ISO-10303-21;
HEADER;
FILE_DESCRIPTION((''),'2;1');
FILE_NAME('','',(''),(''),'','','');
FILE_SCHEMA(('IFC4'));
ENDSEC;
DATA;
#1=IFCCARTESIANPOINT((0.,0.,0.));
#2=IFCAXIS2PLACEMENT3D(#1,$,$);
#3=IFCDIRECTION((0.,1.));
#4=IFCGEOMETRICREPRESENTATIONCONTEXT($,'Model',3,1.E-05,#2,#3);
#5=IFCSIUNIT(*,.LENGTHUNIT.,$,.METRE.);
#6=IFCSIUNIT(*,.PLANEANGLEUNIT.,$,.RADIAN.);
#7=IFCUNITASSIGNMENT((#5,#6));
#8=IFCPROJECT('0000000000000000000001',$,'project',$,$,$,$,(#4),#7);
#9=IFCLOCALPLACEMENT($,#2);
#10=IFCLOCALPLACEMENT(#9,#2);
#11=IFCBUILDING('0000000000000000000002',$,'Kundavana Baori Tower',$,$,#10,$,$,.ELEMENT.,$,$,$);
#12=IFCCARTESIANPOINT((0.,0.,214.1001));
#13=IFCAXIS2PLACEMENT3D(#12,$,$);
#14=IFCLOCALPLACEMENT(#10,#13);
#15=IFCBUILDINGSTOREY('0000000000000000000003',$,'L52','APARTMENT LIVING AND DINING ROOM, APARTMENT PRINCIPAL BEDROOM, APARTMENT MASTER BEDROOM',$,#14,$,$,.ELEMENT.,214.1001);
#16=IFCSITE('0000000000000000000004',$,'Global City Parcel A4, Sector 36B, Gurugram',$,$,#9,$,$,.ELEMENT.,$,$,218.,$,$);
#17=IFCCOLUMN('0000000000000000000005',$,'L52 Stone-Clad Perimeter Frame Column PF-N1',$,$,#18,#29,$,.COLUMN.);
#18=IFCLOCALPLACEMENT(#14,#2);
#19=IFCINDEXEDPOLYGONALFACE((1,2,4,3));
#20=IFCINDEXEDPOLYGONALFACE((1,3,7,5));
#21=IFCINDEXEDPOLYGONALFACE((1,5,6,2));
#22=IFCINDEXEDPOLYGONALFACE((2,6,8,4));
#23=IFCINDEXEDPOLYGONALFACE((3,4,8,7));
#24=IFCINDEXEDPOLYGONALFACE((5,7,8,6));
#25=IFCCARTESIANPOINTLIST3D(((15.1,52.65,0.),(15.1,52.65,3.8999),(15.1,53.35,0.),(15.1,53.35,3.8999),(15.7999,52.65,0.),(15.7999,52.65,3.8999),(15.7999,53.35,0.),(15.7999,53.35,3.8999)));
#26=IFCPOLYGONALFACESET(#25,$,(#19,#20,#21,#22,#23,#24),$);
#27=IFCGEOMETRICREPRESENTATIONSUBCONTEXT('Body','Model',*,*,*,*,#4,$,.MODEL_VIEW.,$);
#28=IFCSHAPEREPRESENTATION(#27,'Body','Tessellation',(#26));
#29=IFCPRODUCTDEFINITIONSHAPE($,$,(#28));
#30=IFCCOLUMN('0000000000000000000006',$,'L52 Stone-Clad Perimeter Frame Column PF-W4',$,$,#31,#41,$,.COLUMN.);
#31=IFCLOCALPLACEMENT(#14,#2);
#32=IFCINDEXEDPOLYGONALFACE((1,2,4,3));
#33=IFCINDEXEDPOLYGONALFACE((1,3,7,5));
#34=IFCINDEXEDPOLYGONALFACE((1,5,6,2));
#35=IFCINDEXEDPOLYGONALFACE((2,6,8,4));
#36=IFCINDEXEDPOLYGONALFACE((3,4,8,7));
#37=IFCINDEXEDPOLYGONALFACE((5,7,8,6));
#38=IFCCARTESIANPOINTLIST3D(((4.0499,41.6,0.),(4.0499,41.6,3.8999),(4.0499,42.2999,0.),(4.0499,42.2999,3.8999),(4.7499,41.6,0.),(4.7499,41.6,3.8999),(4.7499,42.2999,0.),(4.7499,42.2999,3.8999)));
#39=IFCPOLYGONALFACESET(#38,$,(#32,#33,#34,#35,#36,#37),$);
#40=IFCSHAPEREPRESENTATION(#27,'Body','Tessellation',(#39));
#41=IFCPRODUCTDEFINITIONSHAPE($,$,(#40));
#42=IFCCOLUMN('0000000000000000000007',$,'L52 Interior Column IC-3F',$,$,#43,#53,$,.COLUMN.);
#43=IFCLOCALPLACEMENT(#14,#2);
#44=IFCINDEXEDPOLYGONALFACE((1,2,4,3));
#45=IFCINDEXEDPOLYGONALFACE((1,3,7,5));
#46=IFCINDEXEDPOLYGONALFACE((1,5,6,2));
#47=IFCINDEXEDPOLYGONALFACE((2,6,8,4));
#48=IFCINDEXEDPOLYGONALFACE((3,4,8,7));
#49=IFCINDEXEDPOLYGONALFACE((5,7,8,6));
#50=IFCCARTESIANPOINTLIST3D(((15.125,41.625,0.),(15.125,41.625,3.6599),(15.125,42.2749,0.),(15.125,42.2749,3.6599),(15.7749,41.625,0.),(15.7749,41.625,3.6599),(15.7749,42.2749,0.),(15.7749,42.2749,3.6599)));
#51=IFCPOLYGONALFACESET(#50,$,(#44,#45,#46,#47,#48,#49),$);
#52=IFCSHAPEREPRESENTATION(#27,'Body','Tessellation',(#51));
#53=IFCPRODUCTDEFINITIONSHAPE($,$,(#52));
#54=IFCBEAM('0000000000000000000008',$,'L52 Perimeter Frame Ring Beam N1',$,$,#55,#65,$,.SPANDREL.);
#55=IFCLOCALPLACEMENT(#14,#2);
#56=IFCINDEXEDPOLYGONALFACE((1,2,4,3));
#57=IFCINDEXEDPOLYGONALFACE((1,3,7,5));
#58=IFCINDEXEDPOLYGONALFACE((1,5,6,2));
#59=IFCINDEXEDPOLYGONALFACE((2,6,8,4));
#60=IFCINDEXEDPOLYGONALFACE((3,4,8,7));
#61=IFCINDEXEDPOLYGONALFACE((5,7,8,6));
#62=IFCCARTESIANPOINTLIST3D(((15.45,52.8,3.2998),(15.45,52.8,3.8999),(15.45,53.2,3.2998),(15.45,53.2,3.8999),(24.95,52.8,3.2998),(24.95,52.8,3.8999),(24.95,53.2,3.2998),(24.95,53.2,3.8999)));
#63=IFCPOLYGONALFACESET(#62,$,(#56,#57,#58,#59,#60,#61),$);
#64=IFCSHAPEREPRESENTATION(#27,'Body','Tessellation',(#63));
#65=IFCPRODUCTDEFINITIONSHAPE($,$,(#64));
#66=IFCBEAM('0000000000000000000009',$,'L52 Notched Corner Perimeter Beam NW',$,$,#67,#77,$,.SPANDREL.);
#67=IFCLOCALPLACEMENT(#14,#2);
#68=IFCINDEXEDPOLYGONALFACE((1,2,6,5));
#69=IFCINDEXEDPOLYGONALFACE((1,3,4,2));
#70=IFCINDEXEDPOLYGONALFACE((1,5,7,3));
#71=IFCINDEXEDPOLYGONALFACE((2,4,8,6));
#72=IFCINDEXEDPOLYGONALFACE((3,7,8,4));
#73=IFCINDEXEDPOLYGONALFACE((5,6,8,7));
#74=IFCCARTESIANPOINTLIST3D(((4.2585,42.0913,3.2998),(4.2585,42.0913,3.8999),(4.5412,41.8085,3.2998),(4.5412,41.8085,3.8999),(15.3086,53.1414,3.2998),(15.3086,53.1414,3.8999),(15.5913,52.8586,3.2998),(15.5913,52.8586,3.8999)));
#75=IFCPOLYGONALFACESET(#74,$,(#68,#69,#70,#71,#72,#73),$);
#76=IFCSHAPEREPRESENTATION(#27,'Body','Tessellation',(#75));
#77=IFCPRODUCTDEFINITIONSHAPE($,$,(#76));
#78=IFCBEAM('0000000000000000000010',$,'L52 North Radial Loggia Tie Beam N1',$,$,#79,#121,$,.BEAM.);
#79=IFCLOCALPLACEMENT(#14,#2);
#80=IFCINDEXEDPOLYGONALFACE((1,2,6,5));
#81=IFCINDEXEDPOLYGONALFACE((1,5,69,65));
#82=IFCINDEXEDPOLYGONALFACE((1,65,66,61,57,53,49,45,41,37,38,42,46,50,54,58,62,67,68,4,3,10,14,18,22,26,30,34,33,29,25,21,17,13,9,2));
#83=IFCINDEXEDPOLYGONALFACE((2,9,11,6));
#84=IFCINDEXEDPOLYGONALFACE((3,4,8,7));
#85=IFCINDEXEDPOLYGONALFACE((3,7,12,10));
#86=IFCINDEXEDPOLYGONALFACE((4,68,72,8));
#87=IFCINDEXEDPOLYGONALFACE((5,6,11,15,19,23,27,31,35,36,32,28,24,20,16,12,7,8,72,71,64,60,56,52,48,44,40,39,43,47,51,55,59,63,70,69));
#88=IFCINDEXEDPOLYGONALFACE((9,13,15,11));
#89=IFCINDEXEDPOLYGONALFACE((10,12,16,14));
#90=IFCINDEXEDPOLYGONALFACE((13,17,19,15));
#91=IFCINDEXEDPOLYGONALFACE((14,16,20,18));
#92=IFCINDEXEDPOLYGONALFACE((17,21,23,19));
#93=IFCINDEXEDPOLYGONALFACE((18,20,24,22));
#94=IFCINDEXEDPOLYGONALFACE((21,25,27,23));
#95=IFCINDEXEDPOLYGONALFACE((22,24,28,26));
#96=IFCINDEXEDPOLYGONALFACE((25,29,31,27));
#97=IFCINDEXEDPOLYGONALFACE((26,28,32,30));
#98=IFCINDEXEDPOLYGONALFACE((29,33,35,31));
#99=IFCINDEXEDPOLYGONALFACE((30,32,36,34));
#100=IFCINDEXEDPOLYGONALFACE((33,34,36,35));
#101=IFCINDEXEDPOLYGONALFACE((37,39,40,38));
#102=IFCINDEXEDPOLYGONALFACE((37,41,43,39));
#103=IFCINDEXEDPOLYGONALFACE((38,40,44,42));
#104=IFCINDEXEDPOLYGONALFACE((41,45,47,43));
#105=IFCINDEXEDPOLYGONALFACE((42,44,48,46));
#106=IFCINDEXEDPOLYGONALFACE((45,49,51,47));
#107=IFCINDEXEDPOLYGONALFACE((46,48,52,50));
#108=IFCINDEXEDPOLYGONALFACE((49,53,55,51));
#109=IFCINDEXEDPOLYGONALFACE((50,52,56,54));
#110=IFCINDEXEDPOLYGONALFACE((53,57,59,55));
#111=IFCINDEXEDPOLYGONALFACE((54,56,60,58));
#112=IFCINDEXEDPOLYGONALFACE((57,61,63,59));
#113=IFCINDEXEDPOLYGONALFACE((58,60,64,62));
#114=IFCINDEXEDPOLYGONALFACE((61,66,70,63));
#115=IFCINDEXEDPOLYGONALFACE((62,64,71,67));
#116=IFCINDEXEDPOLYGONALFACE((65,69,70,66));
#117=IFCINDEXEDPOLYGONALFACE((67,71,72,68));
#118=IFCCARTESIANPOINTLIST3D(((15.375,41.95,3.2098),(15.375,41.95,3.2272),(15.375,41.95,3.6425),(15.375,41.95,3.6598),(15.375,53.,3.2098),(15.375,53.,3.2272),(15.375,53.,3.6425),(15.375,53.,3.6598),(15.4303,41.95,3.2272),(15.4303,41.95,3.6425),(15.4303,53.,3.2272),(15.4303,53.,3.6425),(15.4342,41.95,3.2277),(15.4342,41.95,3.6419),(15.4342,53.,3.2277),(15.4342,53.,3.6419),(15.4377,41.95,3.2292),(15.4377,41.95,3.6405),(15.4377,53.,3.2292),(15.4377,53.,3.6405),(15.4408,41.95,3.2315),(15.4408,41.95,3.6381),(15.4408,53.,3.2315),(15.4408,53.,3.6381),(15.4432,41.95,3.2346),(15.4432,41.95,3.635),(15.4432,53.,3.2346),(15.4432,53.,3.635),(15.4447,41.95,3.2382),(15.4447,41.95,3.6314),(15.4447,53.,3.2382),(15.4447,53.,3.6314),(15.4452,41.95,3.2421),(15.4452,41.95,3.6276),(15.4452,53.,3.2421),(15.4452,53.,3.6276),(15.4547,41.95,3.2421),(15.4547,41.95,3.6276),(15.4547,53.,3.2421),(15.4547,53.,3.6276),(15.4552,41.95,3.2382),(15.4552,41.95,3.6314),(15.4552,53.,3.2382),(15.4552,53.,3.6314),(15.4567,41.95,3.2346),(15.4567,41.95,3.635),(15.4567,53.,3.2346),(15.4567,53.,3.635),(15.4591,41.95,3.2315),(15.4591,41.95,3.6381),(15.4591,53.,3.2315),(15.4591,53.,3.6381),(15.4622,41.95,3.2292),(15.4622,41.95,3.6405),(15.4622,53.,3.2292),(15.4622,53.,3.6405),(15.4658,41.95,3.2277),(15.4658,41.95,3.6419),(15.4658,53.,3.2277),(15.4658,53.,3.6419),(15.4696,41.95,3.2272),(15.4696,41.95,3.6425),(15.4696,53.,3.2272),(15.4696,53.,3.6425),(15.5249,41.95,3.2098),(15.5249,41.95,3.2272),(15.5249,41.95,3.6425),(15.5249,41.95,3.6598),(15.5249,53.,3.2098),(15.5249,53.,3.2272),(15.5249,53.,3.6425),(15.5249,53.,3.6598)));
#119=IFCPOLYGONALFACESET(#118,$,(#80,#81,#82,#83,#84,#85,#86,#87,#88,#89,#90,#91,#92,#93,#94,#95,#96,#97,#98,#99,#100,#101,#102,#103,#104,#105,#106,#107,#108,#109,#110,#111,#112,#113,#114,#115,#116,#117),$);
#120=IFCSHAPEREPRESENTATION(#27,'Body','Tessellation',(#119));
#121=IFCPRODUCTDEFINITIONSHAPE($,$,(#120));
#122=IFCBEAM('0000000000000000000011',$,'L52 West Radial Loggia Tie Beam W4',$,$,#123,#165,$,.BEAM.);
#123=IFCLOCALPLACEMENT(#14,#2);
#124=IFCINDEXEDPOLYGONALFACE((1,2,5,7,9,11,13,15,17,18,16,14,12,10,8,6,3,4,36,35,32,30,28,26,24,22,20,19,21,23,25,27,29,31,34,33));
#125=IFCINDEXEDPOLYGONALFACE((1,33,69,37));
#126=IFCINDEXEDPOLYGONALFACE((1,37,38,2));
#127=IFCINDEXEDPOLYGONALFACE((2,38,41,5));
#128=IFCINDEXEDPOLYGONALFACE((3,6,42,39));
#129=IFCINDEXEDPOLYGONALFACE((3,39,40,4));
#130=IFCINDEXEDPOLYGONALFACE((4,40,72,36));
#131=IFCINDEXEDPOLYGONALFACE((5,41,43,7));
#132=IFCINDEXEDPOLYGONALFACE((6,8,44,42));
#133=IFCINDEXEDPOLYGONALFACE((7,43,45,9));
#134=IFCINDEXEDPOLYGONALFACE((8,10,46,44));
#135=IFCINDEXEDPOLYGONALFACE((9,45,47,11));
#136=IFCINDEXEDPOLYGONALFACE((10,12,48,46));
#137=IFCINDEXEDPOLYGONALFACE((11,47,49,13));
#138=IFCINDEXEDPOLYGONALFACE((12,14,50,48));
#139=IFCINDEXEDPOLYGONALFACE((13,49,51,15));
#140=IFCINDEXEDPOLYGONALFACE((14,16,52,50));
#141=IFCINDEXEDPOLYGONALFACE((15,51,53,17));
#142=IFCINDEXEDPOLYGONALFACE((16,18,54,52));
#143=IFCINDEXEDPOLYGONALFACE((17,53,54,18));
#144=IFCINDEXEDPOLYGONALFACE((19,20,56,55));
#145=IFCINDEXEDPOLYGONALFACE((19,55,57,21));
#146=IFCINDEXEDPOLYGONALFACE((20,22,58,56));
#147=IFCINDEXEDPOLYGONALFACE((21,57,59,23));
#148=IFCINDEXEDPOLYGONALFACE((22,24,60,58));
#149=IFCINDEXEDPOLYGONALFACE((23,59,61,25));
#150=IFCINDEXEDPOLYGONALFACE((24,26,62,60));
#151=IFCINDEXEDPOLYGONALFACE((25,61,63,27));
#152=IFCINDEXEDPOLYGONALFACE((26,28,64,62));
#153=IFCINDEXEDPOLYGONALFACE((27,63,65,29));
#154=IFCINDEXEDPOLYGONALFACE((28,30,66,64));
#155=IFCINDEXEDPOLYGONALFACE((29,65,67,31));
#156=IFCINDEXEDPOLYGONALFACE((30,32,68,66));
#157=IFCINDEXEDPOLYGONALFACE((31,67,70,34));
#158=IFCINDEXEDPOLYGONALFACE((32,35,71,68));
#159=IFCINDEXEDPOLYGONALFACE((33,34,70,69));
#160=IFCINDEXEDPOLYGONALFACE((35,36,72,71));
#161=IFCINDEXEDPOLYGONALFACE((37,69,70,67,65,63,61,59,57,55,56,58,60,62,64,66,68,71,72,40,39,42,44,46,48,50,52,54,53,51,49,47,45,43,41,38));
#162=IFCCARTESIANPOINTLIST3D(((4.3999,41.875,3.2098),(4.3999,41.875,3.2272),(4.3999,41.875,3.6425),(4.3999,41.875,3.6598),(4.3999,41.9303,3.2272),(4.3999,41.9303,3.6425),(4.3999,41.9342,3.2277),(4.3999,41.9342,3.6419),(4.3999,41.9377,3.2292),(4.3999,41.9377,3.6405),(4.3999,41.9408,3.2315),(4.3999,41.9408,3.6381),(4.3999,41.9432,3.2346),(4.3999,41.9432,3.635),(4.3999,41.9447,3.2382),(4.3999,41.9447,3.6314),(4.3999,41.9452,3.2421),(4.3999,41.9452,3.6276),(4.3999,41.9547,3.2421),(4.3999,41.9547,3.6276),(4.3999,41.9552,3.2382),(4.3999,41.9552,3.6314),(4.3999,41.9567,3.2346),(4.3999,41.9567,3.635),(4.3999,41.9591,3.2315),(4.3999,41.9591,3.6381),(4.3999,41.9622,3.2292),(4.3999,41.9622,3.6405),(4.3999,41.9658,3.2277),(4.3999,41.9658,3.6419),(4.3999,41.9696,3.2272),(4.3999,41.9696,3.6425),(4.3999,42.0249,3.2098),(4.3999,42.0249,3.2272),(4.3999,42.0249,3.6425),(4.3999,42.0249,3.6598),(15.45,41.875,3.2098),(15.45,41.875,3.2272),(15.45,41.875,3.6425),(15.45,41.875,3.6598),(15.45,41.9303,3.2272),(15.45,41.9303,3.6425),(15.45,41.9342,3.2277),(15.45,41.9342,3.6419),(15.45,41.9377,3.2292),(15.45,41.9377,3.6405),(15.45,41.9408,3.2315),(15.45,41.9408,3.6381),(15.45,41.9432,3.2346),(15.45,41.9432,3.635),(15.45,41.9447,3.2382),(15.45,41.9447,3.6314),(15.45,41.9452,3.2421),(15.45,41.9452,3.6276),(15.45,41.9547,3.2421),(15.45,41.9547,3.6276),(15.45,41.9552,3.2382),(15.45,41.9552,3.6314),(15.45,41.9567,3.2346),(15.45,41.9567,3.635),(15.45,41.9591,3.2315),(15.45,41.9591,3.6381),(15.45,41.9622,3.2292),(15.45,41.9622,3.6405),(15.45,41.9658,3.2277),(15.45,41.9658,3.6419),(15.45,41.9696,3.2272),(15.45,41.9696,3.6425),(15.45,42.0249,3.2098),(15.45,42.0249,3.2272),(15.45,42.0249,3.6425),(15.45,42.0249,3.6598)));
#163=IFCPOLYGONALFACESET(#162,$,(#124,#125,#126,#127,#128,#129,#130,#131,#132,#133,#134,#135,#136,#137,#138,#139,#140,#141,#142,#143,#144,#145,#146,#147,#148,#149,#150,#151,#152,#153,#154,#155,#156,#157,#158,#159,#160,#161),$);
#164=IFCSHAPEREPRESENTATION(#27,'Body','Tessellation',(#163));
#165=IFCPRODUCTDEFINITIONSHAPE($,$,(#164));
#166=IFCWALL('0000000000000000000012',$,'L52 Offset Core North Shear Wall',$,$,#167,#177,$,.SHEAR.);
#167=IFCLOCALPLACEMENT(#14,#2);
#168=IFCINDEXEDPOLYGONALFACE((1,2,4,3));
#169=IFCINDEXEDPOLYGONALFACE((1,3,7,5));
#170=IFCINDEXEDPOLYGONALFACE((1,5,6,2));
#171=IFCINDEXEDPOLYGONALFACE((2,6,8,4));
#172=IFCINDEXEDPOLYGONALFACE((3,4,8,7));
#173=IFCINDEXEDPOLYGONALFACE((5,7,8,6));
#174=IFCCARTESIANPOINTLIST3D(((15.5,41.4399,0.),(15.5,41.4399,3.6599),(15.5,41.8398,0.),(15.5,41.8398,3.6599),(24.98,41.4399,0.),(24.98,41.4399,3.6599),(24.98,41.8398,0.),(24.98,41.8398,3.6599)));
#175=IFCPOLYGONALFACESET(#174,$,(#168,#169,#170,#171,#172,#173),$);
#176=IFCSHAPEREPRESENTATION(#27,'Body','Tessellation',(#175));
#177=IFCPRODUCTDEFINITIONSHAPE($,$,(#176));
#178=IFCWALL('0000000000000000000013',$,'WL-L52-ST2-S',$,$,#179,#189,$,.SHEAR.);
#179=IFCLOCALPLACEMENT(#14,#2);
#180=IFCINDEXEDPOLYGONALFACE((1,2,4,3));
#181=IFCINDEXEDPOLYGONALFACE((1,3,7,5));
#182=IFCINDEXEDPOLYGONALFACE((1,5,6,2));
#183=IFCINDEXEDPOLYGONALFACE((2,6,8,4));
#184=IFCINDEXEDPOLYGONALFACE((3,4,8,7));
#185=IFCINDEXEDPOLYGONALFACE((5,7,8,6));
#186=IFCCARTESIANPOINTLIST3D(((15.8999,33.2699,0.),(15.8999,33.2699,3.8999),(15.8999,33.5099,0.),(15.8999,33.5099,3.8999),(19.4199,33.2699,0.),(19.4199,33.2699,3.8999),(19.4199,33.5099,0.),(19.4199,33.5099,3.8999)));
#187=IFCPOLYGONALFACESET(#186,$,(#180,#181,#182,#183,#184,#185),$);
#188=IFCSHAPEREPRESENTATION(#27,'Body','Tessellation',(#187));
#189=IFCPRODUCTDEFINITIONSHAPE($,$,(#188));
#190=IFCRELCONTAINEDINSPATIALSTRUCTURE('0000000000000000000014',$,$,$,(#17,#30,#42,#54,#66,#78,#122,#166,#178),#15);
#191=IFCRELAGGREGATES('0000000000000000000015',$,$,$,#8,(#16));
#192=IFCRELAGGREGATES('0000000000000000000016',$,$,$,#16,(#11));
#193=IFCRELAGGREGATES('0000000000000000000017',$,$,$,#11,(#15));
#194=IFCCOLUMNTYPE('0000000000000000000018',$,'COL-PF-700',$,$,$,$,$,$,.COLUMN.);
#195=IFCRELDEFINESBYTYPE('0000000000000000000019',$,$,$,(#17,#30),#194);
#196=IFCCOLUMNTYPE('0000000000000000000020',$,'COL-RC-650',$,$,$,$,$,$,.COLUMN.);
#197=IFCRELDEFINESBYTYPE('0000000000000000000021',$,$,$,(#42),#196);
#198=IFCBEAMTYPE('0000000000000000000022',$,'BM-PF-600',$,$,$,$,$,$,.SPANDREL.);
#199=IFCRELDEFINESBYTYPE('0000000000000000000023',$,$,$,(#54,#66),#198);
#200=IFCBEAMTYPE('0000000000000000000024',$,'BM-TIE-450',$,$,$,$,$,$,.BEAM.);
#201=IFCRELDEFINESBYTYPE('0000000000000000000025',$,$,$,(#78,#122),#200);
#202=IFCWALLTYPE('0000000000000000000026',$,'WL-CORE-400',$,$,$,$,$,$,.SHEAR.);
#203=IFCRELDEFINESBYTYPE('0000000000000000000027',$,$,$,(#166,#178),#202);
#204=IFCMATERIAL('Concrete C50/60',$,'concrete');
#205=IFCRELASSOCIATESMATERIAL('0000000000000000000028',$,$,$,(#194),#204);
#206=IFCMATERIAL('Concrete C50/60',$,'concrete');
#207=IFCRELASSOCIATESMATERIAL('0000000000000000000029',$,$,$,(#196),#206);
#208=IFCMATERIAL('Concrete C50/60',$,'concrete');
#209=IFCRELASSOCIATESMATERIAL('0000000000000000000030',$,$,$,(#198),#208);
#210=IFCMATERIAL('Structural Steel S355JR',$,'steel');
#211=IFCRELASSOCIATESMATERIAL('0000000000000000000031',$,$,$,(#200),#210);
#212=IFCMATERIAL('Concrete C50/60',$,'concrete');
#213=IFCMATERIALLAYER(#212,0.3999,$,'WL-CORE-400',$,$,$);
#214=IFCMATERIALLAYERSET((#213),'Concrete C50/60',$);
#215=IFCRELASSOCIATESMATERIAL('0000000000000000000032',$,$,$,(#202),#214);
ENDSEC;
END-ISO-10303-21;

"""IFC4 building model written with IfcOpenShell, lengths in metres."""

from ifc_helpers import new_model, si_unit, direction, frame, frame_2d, origin, origin_2d, place, context, subcontext, project, spatial, rectangle, i_section, extrude, material, layer, layer_set, material_profile, profile_set, type_object, element, save


model = new_model("IFC4")

# Units and contexts
model_context = context("Model", 3, precision=1e-05, world=origin(), true_north=direction((0.0, 1.0)))
body_context = subcontext(model_context, "Body", "Model", "MODEL_VIEW")
ifc_project = project(units=[si_unit("LENGTHUNIT", "METRE"), si_unit("PLANEANGLEUNIT", "RADIAN")], contexts=[model_context])

# Site, building, storey
site_placement = place(None, origin())
site = spatial("IfcSite", under=ifc_project, at=site_placement, Name="Global City Parcel A4, Sector 36B, Gurugram", CompositionType="ELEMENT", RefElevation=218.0)
building_placement = place(site_placement, origin())
building = spatial("IfcBuilding", under=site, at=building_placement, Name="Kundavana Baori Tower", CompositionType="ELEMENT")
storey_placement = place(building_placement, frame((0.0, 0.0, 214.1001)))
storey = spatial("IfcBuildingStorey", under=building, at=storey_placement, Name="L52", Description="APARTMENT LIVING AND DINING ROOM, APARTMENT PRINCIPAL BEDROOM, APARTMENT MASTER BEDROOM", CompositionType="ELEMENT", Elevation=214.1001)

# Columns
ifc_material_1 = material(Name="Concrete C50/60", Category="concrete")
ifc_material_profile_1 = material_profile(ifc_material_1, rectangle(XDim=0.7, YDim=0.7, at=origin_2d()), Name="RC PF 700x700")
ifc_profile_set_1 = profile_set([ifc_material_profile_1], Name="Concrete C50/60")
column_type_1 = type_object("IfcColumnType", Name="COL-PF-700", PredefinedType="COLUMN", material=ifc_profile_set_1)
for number, where, z_axis, x_axis, name in (
    (1, (15.45, 53.0, 0.0), (0.0, 0.0, 1.0), (1.0, 0.0, 0.0), "L52 Stone-Clad Perimeter Frame Column PF-N1"),
    (2, (4.3999, 41.95, 0.0), (0.0, 0.0, 1.0), (1.0, 0.0, 0.0), "L52 Stone-Clad Perimeter Frame Column PF-W4"),
):
    element("IfcColumn", number, at=place(storey_placement, frame(where, z_axis=z_axis, x_axis=x_axis)), inside=storey, type_object=column_type_1, Name=name, PredefinedType="COLUMN", context=body_context, shape_type="SweptSolid", body=[
        extrude(rectangle(XDim=0.7, YDim=0.7, at=origin_2d()), origin(), (0.0, 0.0, 1.0), 3.8999),
    ])
ifc_material_2 = material(Name="Concrete C50/60", Category="concrete")
ifc_material_profile_2 = material_profile(ifc_material_2, rectangle(XDim=0.6499, YDim=0.6499, at=origin_2d()), Name="RC 650x650")
ifc_profile_set_2 = profile_set([ifc_material_profile_2], Name="Concrete C50/60")
column_type_2 = type_object("IfcColumnType", Name="COL-RC-650", PredefinedType="COLUMN", material=ifc_profile_set_2)
column_placement = place(storey_placement, frame((15.45, 41.95, 0.0), z_axis=(0.0, 0.0, 1.0), x_axis=(1.0, 0.0, 0.0)))
element("IfcColumn", 3, at=column_placement, inside=storey, type_object=column_type_2, Name="L52 Interior Column IC-3F", PredefinedType="COLUMN", context=body_context, shape_type="SweptSolid", body=[
    extrude(rectangle(XDim=0.6499, YDim=0.6499, at=origin_2d()), origin(), (0.0, 0.0, 1.0), 3.6599),
])

# Beams
ifc_material_3 = material(Name="Concrete C50/60", Category="concrete")
ifc_material_profile_3 = material_profile(ifc_material_3, rectangle(XDim=0.3999, YDim=0.6001, at=origin_2d()), Name="RC BM 400x600")
ifc_profile_set_3 = profile_set([ifc_material_profile_3], Name="Concrete C50/60")
beam_type_1 = type_object("IfcBeamType", Name="BM-PF-600", PredefinedType="SPANDREL", material=ifc_profile_set_3)
beam_1_placement = place(storey_placement, frame((15.45, 53.0, 3.5999), z_axis=(1.0, 0.0, 0.0), x_axis=(0.0, 1.0, 0.0)))
element("IfcBeam", 4, at=beam_1_placement, inside=storey, type_object=beam_type_1, Name="L52 Perimeter Frame Ring Beam N1", PredefinedType="SPANDREL", context=body_context, shape_type="SweptSolid", body=[
    extrude(rectangle(XDim=0.3999, YDim=0.6001, at=origin_2d()), origin(), (0.0, 0.0, 1.0), 9.5),
])
beam_2_placement = place(storey_placement, frame((15.45, 53.0, 3.5999), z_axis=(-0.707107, -0.707107, 0.0), x_axis=(0.707107, -0.707107, 0.0)))
element("IfcBeam", 5, at=beam_2_placement, inside=storey, type_object=beam_type_1, Name="L52 Notched Corner Perimeter Beam NW", PredefinedType="SPANDREL", context=body_context, shape_type="SweptSolid", body=[
    extrude(rectangle(XDim=0.3999, YDim=0.6001, at=origin_2d()), origin(), (0.0, 0.0, 1.0), 15.6272),
])
ifc_material_4 = material(Name="Structural Steel S355JR", Category="steel")
ifc_material_profile_4 = material_profile(ifc_material_4, i_section(OverallWidth=0.1499, OverallDepth=0.45, WebThickness=0.0095, FlangeThickness=0.0173, FilletRadius=0.0149, at=origin_2d()), Name="ISMB 450")
ifc_profile_set_4 = profile_set([ifc_material_profile_4], Name="Structural Steel S355JR")
beam_type_2 = type_object("IfcBeamType", Name="BM-TIE-450", PredefinedType="BEAM", material=ifc_profile_set_4)
for number, where, z_axis, x_axis, name in (
    (6, (15.45, 41.95, 3.4348), (0.0, 1.0, 0.0), (-1.0, 0.0, 0.0), "L52 North Radial Loggia Tie Beam N1"),
    (7, (15.45, 41.95, 3.4348), (-1.0, 0.0, 0.0), (0.0, -1.0, 0.0), "L52 West Radial Loggia Tie Beam W4"),
):
    element("IfcBeam", number, at=place(storey_placement, frame(where, z_axis=z_axis, x_axis=x_axis)), inside=storey, type_object=beam_type_2, Name=name, PredefinedType="BEAM", context=body_context, shape_type="SweptSolid", body=[
        extrude(i_section(OverallWidth=0.1499, OverallDepth=0.45, WebThickness=0.0095, FlangeThickness=0.0173, FilletRadius=0.0149, at=origin_2d()), origin(), (0.0, 0.0, 1.0), 11.05),
    ])

# Walls
ifc_material_5 = material(Name="Concrete C50/60", Category="concrete")
ifc_layer_1 = layer(ifc_material_5, 0.3999, Name="WL-CORE-400")
ifc_layer_set_1 = layer_set([ifc_layer_1], Name="Concrete C50/60")
wall_type_1 = type_object("IfcWallType", Name="WL-CORE-400", PredefinedType="SHEAR", material=ifc_layer_set_1)
wall_1_placement = place(storey_placement, frame((15.5, 41.6399, 0.0), z_axis=(0.0, 0.0, 1.0), x_axis=(1.0, 0.0, 0.0)))
element("IfcWall", 8, at=wall_1_placement, inside=storey, type_object=wall_type_1, Name="L52 Offset Core North Shear Wall", PredefinedType="SHEAR", context=body_context, shape_type="SweptSolid", body=[
    extrude(rectangle(XDim=9.48, YDim=0.3999, at=frame_2d((4.74, 0.0))), origin(), (0.0, 0.0, 1.0), 3.6599),
])
wall_2_placement = place(storey_placement, frame((15.8999, 33.3899, 0.0), z_axis=(0.0, 0.0, 1.0), x_axis=(1.0, 0.0, 0.0)))
element("IfcWall", 9, at=wall_2_placement, inside=storey, type_object=wall_type_1, Name="WL-L52-ST2-S", PredefinedType="SHEAR", context=body_context, shape_type="SweptSolid", body=[
    extrude(rectangle(XDim=3.52, YDim=0.24, at=frame_2d((1.76, 0.0))), origin(), (0.0, 0.0, 1.0), 3.8999),
])

save(model, "model.ifc")
